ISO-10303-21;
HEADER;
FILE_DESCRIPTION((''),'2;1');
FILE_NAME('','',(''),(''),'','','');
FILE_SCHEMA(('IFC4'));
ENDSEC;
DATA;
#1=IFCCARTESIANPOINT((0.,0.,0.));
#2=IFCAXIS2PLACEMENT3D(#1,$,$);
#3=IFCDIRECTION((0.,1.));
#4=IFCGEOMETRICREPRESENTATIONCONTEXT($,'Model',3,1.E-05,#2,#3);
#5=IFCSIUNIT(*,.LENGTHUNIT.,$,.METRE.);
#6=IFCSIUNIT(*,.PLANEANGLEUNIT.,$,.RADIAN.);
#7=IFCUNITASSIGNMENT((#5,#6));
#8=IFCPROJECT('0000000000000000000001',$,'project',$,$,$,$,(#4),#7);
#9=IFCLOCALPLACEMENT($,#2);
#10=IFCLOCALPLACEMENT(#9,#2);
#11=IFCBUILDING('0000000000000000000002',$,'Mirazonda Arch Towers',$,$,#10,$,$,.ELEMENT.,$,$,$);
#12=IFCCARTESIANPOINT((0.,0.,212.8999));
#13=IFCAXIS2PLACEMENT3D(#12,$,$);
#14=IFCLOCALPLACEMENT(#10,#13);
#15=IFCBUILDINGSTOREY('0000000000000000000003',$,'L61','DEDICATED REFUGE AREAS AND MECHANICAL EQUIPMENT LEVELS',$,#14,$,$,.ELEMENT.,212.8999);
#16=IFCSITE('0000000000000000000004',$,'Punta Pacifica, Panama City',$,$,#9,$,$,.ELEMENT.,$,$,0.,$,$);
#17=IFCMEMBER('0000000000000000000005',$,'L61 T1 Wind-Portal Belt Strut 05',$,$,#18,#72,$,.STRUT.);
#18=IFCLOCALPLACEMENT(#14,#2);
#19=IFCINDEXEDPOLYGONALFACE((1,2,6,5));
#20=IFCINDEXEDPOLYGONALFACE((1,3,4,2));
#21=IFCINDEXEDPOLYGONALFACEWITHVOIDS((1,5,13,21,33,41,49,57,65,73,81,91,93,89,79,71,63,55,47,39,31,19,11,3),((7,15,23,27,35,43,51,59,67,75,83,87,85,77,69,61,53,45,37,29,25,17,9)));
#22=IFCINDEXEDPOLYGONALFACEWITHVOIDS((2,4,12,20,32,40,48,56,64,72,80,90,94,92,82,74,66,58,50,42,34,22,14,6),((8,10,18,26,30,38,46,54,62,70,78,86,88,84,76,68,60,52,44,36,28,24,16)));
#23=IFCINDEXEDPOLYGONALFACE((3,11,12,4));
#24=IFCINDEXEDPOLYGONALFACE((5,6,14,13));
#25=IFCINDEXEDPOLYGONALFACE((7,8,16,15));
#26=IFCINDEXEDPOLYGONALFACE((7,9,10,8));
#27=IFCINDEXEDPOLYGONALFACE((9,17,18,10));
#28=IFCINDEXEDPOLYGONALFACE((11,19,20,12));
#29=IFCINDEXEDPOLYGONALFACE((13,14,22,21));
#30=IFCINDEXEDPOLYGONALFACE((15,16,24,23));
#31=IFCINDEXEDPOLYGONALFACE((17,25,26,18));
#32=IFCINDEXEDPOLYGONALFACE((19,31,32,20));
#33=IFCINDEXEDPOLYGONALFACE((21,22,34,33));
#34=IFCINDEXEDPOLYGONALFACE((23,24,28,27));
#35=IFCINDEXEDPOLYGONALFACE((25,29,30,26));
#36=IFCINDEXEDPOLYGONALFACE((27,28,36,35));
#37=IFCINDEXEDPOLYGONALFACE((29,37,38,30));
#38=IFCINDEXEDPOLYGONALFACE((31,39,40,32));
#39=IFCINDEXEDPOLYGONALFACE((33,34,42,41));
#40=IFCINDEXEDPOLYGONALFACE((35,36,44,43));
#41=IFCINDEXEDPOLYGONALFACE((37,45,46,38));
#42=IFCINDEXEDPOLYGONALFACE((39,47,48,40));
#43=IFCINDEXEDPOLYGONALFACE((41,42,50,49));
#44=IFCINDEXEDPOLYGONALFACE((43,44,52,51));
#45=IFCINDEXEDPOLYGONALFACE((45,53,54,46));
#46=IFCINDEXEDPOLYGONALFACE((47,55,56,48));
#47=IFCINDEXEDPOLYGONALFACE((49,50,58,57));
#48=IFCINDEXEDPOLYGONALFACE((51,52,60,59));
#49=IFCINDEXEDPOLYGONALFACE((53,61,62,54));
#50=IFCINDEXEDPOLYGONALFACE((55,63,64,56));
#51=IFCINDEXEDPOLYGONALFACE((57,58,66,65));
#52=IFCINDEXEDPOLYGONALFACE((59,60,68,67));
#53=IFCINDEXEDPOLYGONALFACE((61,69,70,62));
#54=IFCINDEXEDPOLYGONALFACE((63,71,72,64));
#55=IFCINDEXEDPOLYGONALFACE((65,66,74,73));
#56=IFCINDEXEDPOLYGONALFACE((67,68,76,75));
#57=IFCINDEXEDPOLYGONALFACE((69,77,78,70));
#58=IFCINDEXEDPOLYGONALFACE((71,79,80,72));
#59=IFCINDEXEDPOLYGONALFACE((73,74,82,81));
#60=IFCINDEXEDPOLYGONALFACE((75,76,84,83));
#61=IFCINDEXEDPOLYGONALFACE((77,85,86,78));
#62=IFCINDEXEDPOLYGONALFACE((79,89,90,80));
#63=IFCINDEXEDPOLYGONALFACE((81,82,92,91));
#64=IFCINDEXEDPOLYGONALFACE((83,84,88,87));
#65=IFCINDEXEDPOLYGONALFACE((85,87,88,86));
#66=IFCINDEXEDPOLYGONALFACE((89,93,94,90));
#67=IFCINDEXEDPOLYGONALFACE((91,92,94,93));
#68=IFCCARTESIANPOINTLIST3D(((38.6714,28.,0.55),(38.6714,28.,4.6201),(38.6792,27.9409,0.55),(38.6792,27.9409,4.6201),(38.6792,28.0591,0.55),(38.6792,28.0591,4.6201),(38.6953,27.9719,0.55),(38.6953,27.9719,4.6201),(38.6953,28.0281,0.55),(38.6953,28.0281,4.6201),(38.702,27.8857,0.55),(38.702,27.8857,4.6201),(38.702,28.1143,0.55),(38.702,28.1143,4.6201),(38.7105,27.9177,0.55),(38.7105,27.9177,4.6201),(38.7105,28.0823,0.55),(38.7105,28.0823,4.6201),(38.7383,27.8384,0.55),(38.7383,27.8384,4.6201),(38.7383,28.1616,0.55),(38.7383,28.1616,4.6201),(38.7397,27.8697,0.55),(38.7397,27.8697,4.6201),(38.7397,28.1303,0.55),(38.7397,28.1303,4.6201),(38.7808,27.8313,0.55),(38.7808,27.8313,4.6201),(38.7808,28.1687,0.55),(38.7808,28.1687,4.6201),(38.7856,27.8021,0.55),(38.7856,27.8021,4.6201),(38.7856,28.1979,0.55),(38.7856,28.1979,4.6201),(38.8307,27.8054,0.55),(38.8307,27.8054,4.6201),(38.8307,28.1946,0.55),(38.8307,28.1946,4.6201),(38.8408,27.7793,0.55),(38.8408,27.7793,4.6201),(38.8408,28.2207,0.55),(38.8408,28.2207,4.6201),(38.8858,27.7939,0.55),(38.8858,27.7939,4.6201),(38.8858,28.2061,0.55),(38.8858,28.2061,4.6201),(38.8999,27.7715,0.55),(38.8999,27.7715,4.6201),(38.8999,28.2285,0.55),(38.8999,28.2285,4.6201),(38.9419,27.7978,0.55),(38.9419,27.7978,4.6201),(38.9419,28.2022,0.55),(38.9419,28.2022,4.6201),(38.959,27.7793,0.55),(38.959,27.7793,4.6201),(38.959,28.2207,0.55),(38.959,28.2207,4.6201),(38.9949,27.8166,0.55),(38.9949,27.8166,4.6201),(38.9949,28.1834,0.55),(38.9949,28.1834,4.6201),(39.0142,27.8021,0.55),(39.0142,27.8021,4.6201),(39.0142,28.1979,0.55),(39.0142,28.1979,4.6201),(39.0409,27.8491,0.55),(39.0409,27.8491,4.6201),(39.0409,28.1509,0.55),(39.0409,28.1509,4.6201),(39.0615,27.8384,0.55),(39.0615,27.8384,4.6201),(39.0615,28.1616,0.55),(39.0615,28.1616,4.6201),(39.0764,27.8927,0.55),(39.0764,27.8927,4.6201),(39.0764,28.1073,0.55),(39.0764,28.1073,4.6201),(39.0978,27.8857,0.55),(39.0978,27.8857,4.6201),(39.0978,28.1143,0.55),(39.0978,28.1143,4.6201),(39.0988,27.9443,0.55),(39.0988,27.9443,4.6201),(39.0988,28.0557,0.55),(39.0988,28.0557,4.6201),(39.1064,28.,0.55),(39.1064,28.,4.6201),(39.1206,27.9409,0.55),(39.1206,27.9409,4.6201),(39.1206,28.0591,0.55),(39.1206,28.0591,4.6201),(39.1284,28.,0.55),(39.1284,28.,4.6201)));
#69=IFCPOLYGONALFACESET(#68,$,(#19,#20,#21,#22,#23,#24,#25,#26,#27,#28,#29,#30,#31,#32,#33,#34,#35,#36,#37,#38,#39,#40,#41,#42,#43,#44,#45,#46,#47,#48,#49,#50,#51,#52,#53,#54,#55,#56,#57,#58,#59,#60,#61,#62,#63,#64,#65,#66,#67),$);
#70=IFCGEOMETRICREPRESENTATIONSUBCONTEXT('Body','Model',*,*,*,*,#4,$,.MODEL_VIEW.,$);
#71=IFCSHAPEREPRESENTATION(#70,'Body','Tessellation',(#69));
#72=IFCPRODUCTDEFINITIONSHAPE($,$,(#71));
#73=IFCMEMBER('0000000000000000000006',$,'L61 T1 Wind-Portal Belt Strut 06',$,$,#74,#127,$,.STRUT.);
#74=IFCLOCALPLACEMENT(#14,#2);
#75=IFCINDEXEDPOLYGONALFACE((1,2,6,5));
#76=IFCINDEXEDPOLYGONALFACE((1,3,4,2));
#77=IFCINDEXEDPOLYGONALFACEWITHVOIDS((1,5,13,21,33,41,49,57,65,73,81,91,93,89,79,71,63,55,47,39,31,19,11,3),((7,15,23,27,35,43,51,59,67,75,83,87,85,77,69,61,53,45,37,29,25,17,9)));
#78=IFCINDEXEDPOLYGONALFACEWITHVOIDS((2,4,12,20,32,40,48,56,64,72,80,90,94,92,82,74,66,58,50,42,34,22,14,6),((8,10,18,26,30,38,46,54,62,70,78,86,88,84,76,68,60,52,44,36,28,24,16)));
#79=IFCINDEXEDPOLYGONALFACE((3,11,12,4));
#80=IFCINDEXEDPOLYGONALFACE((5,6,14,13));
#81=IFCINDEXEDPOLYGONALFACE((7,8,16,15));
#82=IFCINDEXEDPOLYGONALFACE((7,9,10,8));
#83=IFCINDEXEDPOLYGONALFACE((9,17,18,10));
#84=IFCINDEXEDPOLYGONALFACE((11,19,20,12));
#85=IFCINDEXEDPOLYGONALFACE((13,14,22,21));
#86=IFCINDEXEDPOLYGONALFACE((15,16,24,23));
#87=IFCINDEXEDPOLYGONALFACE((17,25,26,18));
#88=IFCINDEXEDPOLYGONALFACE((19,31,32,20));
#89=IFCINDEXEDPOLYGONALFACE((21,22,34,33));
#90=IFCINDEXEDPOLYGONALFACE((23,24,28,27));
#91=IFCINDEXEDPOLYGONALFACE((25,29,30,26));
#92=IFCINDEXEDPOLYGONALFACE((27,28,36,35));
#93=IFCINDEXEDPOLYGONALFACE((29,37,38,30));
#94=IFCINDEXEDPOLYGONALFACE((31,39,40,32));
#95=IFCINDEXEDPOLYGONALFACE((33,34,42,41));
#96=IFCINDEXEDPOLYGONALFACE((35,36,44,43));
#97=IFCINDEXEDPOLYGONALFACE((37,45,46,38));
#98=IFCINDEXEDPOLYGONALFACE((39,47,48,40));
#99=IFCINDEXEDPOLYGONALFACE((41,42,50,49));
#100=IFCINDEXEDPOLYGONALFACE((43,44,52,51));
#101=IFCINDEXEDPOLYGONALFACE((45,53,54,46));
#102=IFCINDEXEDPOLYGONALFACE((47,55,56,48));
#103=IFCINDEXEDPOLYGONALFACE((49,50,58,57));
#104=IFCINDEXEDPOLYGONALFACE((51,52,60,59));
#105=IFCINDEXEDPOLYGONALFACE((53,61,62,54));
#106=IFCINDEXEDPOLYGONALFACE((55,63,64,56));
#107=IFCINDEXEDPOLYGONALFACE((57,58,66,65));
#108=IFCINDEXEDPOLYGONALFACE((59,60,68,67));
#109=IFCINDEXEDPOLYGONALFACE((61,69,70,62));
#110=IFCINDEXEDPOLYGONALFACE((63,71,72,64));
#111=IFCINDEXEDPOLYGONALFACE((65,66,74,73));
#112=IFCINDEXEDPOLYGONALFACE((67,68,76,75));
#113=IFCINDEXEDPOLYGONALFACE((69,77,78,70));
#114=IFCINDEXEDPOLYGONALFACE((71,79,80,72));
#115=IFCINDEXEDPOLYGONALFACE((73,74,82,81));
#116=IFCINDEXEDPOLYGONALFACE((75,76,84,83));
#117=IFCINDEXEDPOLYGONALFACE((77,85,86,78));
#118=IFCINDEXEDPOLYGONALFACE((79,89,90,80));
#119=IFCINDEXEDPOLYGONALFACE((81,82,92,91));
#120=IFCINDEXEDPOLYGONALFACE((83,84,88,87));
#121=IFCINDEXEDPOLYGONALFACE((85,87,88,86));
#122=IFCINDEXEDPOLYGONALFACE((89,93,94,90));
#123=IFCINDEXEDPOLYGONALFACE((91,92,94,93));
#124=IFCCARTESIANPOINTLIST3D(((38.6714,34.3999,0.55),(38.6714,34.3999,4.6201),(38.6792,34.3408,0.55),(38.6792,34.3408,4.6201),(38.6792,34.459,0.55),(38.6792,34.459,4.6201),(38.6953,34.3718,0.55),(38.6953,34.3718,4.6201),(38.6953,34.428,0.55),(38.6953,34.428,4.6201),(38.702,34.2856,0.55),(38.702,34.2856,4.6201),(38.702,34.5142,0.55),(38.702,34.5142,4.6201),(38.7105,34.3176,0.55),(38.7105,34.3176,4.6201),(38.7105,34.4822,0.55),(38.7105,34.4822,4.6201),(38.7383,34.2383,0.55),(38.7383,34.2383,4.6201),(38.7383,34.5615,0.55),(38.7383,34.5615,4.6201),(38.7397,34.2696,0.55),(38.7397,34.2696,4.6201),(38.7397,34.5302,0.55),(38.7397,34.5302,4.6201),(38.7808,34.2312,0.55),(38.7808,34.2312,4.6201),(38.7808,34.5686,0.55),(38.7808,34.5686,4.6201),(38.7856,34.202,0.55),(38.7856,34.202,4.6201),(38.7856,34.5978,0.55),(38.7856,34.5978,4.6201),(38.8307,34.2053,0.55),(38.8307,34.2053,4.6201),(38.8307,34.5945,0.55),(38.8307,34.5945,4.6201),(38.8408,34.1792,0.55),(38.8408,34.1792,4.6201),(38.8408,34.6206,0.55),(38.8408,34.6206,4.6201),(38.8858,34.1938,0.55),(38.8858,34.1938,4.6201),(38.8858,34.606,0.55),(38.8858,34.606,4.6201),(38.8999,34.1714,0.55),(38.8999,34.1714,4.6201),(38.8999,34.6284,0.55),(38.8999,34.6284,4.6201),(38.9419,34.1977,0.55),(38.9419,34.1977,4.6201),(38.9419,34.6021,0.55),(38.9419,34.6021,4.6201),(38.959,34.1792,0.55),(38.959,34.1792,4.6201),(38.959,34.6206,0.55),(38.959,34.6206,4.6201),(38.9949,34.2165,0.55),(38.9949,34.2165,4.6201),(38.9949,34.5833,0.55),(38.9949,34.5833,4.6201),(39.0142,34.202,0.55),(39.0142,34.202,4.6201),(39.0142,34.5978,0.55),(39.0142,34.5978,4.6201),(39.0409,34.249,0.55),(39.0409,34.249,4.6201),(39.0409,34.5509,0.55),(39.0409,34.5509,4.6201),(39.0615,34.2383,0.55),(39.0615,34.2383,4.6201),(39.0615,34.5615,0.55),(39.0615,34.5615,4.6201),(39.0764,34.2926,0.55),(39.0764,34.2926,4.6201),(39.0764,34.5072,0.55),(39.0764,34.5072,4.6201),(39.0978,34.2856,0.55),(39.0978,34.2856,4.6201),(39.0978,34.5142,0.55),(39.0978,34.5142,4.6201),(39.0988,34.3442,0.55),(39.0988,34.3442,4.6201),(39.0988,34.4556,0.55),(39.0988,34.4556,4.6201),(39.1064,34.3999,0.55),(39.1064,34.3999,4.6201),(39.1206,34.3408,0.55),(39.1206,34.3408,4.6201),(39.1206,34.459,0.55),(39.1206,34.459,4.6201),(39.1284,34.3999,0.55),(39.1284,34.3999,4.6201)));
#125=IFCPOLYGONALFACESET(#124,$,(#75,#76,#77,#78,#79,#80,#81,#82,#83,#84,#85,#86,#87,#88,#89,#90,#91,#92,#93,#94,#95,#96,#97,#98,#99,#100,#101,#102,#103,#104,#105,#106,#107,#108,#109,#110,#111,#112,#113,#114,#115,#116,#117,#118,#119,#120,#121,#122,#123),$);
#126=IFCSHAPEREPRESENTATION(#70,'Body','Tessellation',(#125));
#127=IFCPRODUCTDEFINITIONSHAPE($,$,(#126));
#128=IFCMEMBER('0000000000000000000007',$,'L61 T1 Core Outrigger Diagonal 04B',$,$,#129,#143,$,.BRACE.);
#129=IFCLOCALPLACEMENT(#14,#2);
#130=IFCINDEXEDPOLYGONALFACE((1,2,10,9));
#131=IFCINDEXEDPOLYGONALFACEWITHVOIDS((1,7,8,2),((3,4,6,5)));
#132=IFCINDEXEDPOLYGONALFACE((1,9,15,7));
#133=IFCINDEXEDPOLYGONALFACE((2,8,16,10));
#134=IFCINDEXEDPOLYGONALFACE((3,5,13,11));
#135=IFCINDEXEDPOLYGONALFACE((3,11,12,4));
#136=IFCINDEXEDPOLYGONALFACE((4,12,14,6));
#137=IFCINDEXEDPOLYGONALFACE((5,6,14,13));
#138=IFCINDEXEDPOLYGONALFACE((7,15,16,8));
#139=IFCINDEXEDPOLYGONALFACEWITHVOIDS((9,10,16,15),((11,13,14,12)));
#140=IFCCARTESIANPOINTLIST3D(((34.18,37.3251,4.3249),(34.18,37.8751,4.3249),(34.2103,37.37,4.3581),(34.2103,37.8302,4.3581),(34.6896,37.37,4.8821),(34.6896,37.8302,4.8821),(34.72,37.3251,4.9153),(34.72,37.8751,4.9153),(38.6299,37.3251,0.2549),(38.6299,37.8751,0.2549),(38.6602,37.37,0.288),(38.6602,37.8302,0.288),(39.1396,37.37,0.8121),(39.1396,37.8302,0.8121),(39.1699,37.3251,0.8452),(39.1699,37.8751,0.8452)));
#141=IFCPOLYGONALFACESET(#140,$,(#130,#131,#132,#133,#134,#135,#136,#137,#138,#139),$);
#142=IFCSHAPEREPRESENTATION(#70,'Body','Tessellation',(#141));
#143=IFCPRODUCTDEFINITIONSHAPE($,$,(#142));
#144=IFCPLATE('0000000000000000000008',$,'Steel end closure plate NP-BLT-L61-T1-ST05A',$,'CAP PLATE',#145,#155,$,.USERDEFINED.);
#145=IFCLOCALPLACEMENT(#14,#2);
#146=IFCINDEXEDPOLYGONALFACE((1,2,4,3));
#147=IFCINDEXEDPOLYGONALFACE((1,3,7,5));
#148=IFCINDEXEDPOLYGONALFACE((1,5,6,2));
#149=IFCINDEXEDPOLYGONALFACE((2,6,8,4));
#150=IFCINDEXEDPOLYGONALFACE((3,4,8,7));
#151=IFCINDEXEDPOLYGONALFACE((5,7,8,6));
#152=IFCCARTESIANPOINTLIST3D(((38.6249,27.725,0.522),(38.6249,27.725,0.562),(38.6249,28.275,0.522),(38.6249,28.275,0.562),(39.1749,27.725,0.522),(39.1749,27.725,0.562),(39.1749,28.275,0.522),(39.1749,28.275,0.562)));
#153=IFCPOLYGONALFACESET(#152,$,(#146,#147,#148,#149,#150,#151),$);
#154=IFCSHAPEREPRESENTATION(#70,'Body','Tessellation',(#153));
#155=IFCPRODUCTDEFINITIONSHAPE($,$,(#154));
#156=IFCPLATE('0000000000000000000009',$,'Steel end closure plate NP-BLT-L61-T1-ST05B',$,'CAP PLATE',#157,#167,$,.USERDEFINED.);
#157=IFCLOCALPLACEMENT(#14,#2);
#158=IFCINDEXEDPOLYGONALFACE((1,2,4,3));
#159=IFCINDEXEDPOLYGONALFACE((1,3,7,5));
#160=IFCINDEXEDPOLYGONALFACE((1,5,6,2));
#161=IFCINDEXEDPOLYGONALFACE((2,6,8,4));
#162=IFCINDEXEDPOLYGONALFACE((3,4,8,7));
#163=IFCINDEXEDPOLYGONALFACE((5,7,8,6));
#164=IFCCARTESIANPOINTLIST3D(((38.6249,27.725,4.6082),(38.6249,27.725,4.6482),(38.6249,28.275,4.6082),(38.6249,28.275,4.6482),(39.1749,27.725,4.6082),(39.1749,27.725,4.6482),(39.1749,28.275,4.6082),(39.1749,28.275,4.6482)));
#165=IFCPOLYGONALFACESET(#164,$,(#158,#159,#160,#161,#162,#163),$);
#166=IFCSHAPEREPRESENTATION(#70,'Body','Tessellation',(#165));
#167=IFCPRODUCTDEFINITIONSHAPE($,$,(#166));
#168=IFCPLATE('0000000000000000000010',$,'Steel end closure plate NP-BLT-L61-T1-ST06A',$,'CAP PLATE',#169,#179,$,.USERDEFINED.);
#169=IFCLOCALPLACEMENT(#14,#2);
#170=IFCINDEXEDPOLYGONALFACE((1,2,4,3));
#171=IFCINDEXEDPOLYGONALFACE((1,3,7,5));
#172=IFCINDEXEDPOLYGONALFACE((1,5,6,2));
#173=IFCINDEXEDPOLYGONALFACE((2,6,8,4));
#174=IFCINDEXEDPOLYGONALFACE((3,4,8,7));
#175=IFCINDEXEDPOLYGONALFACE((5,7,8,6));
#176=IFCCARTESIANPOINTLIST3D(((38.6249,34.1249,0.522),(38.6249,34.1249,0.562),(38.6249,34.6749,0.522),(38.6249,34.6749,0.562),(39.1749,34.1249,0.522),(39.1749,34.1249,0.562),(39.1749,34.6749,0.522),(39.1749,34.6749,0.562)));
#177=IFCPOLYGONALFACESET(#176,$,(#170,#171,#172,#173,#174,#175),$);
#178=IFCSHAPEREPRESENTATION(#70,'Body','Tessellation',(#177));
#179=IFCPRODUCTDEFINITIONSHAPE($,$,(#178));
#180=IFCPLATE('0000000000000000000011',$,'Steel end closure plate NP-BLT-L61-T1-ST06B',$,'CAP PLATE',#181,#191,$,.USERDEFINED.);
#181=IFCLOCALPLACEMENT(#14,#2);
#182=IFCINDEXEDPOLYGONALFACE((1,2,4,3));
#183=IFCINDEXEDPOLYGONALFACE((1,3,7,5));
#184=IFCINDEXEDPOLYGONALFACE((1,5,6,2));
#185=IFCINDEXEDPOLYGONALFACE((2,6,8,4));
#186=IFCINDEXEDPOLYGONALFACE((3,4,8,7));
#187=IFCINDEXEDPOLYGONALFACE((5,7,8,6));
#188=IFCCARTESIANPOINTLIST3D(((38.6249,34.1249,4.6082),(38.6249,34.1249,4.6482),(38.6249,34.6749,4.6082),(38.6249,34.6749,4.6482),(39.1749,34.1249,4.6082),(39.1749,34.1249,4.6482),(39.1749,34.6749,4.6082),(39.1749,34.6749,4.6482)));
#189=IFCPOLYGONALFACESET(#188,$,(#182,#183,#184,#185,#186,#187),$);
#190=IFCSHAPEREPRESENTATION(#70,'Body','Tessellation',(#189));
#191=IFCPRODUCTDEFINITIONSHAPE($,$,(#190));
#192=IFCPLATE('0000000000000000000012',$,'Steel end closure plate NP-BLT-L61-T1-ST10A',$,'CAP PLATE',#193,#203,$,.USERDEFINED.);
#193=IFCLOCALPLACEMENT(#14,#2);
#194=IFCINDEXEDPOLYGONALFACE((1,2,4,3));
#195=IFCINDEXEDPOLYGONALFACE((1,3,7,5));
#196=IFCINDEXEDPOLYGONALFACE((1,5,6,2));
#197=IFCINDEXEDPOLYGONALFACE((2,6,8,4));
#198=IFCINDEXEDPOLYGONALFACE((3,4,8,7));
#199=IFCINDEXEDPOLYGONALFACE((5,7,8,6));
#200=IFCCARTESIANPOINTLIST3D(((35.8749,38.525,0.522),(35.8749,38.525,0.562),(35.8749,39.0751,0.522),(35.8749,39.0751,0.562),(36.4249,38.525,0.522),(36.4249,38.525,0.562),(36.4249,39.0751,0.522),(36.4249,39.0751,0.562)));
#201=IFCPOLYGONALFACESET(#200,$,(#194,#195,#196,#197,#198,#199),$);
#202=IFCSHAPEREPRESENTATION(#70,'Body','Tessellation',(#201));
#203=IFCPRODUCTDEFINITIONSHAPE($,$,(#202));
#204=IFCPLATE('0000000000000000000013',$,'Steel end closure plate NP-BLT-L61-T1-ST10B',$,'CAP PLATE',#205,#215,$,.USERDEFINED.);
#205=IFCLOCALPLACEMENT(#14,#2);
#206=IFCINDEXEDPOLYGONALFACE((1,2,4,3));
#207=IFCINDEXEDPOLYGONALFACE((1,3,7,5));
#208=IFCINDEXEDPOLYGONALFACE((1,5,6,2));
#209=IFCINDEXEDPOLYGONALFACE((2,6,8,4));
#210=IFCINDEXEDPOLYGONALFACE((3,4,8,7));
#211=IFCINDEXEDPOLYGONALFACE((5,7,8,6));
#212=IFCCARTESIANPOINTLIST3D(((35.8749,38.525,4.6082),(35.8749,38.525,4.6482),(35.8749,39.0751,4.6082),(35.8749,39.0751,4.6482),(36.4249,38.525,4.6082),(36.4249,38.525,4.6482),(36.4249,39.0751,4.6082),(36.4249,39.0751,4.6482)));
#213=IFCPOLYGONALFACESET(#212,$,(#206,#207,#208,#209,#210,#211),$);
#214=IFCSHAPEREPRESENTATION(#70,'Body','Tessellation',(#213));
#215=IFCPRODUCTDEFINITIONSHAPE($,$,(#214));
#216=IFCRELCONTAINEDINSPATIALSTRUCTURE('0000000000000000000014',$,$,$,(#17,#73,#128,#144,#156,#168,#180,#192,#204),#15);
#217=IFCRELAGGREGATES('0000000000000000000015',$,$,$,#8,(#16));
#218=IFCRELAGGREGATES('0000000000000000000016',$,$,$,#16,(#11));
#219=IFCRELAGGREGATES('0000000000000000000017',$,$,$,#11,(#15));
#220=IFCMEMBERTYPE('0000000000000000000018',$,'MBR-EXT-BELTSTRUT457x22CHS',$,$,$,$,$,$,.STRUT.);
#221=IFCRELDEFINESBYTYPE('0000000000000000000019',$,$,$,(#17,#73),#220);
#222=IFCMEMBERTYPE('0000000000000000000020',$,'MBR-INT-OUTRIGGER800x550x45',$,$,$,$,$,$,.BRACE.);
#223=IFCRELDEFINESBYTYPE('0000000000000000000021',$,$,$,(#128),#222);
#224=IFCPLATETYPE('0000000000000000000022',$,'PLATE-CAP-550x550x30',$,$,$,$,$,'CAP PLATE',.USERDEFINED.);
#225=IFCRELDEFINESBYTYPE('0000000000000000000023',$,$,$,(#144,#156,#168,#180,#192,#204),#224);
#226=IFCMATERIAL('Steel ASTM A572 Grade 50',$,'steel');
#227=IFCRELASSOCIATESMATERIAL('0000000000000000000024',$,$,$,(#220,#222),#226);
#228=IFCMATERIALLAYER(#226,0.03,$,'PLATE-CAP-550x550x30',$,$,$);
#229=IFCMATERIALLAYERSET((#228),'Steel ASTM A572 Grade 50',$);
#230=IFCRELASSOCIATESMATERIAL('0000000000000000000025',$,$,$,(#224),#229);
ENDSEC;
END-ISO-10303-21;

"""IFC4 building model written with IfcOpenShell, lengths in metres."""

from ifc_helpers import new_model, si_unit, direction, frame, origin, origin_2d, place, context, subcontext, project, spatial, rectangle, hollow_rectangle, hollow_circle, extrude, material, layer, layer_set, material_profile, profile_set, type_object, element, save


model = new_model("IFC4")

# Units and contexts
model_context = context("Model", 3, precision=1e-05, world=origin(), true_north=direction((0.0, 1.0)))
body_context = subcontext(model_context, "Body", "Model", "MODEL_VIEW")
ifc_project = project(units=[si_unit("LENGTHUNIT", "METRE"), si_unit("PLANEANGLEUNIT", "RADIAN")], contexts=[model_context])

# Site, building, storey
site_placement = place(None, origin())
site = spatial("IfcSite", under=ifc_project, at=site_placement, Name="Punta Pacifica, Panama City", CompositionType="ELEMENT", RefElevation=0.0)
building_placement = place(site_placement, origin())
building = spatial("IfcBuilding", under=site, at=building_placement, Name="Mirazonda Arch Towers", CompositionType="ELEMENT")
storey_placement = place(building_placement, frame((0.0, 0.0, 212.8999)))
storey = spatial("IfcBuildingStorey", under=building, at=storey_placement, Name="L61", Description="DEDICATED REFUGE AREAS AND MECHANICAL EQUIPMENT LEVELS", CompositionType="ELEMENT", Elevation=212.8999)

# Shared definitions
ifc_material_1 = material(Name="Steel ASTM A572 Grade 50", Category="steel")

# Members
ifc_material_profile_1 = material_profile(ifc_material_1, hollow_circle(Radius=0.2285, WallThickness=0.022, at=origin_2d()), Name="BELTSTRUT457x22CHS")
ifc_profile_set_1 = profile_set([ifc_material_profile_1], Name="Steel ASTM A572 Grade 50")
member_type_1 = type_object("IfcMemberType", Name="MBR-EXT-BELTSTRUT457x22CHS", PredefinedType="STRUT", material=ifc_profile_set_1)
for number, where, z_axis, x_axis, name in (
    (1, (38.8999, 28.0, 0.55), (0.0, 0.0, 1.0), (1.0, 0.0, 0.0), "L61 T1 Wind-Portal Belt Strut 05"),
    (2, (38.8999, 34.3999, 0.55), (0.0, 0.0, 1.0), (1.0, 0.0, 0.0), "L61 T1 Wind-Portal Belt Strut 06"),
):
    element("IfcMember", number, at=place(storey_placement, frame(where, z_axis=z_axis, x_axis=x_axis)), inside=storey, type_object=member_type_1, Name=name, PredefinedType="STRUT", context=body_context, shape_type="SweptSolid", body=[
        extrude(hollow_circle(Radius=0.2285, WallThickness=0.022, at=origin_2d()), origin(), (0.0, 0.0, 1.0), 4.0701),
    ])
ifc_material_profile_2 = material_profile(ifc_material_1, hollow_rectangle(XDim=0.55, YDim=0.8, WallThickness=0.0449, at=origin_2d()), Name="OUTRIGGER800x550x45")
ifc_profile_set_2 = profile_set([ifc_material_profile_2], Name="Steel ASTM A572 Grade 50")
member_type_2 = type_object("IfcMemberType", Name="MBR-INT-OUTRIGGER800x550x45", PredefinedType="BRACE", material=ifc_profile_set_2)
member_1_placement = place(storey_placement, frame((38.8999, 37.6001, 0.55), z_axis=(-0.737901, 0.0, 0.674908), x_axis=(0.0, -1.0, 0.0)))
element("IfcMember", 3, at=member_1_placement, inside=storey, type_object=member_type_2, Name="L61 T1 Core Outrigger Diagonal 04B", PredefinedType="BRACE", context=body_context, shape_type="SweptSolid", body=[
    extrude(hollow_rectangle(XDim=0.55, YDim=0.8, WallThickness=0.0449, at=origin_2d()), origin(), (0.0, 0.0, 1.0), 6.0305),
])

# Plates
ifc_layer_1 = layer(ifc_material_1, 0.03, Name="PLATE-CAP-550x550x30")
ifc_layer_set_1 = layer_set([ifc_layer_1], Name="Steel ASTM A572 Grade 50")
plate_type_1 = type_object("IfcPlateType", Name="PLATE-CAP-550x550x30", ElementType="CAP PLATE", PredefinedType="USERDEFINED", material=ifc_layer_set_1)
for number, where, z_axis, x_axis, name in (
    (4, (38.8999, 28.0, 0.522), (0.0, 0.0, 1.0), (1.0, 0.0, 0.0), "Steel end closure plate NP-BLT-L61-T1-ST05A"),
    (5, (38.8999, 28.0, 4.6082), (0.0, 0.0, 1.0), (1.0, 0.0, 0.0), "Steel end closure plate NP-BLT-L61-T1-ST05B"),
    (6, (38.8999, 34.3999, 0.522), (0.0, 0.0, 1.0), (1.0, 0.0, 0.0), "Steel end closure plate NP-BLT-L61-T1-ST06A"),
    (7, (38.8999, 34.3999, 4.6082), (0.0, 0.0, 1.0), (1.0, 0.0, 0.0), "Steel end closure plate NP-BLT-L61-T1-ST06B"),
    (8, (36.1499, 38.8, 0.522), (0.0, 0.0, 1.0), (1.0, 0.0, 0.0), "Steel end closure plate NP-BLT-L61-T1-ST10A"),
    (9, (36.1499, 38.8, 4.6082), (0.0, 0.0, 1.0), (1.0, 0.0, 0.0), "Steel end closure plate NP-BLT-L61-T1-ST10B"),
):
    element("IfcPlate", number, at=place(storey_placement, frame(where, z_axis=z_axis, x_axis=x_axis)), inside=storey, type_object=plate_type_1, Name=name, ObjectType="CAP PLATE", PredefinedType="USERDEFINED", context=body_context, shape_type="SweptSolid", body=[
        extrude(rectangle(XDim=0.55, YDim=0.55, at=origin_2d()), origin(), (0.0, 0.0, 1.0), 0.04),
    ])

save(model, "model.ifc")
